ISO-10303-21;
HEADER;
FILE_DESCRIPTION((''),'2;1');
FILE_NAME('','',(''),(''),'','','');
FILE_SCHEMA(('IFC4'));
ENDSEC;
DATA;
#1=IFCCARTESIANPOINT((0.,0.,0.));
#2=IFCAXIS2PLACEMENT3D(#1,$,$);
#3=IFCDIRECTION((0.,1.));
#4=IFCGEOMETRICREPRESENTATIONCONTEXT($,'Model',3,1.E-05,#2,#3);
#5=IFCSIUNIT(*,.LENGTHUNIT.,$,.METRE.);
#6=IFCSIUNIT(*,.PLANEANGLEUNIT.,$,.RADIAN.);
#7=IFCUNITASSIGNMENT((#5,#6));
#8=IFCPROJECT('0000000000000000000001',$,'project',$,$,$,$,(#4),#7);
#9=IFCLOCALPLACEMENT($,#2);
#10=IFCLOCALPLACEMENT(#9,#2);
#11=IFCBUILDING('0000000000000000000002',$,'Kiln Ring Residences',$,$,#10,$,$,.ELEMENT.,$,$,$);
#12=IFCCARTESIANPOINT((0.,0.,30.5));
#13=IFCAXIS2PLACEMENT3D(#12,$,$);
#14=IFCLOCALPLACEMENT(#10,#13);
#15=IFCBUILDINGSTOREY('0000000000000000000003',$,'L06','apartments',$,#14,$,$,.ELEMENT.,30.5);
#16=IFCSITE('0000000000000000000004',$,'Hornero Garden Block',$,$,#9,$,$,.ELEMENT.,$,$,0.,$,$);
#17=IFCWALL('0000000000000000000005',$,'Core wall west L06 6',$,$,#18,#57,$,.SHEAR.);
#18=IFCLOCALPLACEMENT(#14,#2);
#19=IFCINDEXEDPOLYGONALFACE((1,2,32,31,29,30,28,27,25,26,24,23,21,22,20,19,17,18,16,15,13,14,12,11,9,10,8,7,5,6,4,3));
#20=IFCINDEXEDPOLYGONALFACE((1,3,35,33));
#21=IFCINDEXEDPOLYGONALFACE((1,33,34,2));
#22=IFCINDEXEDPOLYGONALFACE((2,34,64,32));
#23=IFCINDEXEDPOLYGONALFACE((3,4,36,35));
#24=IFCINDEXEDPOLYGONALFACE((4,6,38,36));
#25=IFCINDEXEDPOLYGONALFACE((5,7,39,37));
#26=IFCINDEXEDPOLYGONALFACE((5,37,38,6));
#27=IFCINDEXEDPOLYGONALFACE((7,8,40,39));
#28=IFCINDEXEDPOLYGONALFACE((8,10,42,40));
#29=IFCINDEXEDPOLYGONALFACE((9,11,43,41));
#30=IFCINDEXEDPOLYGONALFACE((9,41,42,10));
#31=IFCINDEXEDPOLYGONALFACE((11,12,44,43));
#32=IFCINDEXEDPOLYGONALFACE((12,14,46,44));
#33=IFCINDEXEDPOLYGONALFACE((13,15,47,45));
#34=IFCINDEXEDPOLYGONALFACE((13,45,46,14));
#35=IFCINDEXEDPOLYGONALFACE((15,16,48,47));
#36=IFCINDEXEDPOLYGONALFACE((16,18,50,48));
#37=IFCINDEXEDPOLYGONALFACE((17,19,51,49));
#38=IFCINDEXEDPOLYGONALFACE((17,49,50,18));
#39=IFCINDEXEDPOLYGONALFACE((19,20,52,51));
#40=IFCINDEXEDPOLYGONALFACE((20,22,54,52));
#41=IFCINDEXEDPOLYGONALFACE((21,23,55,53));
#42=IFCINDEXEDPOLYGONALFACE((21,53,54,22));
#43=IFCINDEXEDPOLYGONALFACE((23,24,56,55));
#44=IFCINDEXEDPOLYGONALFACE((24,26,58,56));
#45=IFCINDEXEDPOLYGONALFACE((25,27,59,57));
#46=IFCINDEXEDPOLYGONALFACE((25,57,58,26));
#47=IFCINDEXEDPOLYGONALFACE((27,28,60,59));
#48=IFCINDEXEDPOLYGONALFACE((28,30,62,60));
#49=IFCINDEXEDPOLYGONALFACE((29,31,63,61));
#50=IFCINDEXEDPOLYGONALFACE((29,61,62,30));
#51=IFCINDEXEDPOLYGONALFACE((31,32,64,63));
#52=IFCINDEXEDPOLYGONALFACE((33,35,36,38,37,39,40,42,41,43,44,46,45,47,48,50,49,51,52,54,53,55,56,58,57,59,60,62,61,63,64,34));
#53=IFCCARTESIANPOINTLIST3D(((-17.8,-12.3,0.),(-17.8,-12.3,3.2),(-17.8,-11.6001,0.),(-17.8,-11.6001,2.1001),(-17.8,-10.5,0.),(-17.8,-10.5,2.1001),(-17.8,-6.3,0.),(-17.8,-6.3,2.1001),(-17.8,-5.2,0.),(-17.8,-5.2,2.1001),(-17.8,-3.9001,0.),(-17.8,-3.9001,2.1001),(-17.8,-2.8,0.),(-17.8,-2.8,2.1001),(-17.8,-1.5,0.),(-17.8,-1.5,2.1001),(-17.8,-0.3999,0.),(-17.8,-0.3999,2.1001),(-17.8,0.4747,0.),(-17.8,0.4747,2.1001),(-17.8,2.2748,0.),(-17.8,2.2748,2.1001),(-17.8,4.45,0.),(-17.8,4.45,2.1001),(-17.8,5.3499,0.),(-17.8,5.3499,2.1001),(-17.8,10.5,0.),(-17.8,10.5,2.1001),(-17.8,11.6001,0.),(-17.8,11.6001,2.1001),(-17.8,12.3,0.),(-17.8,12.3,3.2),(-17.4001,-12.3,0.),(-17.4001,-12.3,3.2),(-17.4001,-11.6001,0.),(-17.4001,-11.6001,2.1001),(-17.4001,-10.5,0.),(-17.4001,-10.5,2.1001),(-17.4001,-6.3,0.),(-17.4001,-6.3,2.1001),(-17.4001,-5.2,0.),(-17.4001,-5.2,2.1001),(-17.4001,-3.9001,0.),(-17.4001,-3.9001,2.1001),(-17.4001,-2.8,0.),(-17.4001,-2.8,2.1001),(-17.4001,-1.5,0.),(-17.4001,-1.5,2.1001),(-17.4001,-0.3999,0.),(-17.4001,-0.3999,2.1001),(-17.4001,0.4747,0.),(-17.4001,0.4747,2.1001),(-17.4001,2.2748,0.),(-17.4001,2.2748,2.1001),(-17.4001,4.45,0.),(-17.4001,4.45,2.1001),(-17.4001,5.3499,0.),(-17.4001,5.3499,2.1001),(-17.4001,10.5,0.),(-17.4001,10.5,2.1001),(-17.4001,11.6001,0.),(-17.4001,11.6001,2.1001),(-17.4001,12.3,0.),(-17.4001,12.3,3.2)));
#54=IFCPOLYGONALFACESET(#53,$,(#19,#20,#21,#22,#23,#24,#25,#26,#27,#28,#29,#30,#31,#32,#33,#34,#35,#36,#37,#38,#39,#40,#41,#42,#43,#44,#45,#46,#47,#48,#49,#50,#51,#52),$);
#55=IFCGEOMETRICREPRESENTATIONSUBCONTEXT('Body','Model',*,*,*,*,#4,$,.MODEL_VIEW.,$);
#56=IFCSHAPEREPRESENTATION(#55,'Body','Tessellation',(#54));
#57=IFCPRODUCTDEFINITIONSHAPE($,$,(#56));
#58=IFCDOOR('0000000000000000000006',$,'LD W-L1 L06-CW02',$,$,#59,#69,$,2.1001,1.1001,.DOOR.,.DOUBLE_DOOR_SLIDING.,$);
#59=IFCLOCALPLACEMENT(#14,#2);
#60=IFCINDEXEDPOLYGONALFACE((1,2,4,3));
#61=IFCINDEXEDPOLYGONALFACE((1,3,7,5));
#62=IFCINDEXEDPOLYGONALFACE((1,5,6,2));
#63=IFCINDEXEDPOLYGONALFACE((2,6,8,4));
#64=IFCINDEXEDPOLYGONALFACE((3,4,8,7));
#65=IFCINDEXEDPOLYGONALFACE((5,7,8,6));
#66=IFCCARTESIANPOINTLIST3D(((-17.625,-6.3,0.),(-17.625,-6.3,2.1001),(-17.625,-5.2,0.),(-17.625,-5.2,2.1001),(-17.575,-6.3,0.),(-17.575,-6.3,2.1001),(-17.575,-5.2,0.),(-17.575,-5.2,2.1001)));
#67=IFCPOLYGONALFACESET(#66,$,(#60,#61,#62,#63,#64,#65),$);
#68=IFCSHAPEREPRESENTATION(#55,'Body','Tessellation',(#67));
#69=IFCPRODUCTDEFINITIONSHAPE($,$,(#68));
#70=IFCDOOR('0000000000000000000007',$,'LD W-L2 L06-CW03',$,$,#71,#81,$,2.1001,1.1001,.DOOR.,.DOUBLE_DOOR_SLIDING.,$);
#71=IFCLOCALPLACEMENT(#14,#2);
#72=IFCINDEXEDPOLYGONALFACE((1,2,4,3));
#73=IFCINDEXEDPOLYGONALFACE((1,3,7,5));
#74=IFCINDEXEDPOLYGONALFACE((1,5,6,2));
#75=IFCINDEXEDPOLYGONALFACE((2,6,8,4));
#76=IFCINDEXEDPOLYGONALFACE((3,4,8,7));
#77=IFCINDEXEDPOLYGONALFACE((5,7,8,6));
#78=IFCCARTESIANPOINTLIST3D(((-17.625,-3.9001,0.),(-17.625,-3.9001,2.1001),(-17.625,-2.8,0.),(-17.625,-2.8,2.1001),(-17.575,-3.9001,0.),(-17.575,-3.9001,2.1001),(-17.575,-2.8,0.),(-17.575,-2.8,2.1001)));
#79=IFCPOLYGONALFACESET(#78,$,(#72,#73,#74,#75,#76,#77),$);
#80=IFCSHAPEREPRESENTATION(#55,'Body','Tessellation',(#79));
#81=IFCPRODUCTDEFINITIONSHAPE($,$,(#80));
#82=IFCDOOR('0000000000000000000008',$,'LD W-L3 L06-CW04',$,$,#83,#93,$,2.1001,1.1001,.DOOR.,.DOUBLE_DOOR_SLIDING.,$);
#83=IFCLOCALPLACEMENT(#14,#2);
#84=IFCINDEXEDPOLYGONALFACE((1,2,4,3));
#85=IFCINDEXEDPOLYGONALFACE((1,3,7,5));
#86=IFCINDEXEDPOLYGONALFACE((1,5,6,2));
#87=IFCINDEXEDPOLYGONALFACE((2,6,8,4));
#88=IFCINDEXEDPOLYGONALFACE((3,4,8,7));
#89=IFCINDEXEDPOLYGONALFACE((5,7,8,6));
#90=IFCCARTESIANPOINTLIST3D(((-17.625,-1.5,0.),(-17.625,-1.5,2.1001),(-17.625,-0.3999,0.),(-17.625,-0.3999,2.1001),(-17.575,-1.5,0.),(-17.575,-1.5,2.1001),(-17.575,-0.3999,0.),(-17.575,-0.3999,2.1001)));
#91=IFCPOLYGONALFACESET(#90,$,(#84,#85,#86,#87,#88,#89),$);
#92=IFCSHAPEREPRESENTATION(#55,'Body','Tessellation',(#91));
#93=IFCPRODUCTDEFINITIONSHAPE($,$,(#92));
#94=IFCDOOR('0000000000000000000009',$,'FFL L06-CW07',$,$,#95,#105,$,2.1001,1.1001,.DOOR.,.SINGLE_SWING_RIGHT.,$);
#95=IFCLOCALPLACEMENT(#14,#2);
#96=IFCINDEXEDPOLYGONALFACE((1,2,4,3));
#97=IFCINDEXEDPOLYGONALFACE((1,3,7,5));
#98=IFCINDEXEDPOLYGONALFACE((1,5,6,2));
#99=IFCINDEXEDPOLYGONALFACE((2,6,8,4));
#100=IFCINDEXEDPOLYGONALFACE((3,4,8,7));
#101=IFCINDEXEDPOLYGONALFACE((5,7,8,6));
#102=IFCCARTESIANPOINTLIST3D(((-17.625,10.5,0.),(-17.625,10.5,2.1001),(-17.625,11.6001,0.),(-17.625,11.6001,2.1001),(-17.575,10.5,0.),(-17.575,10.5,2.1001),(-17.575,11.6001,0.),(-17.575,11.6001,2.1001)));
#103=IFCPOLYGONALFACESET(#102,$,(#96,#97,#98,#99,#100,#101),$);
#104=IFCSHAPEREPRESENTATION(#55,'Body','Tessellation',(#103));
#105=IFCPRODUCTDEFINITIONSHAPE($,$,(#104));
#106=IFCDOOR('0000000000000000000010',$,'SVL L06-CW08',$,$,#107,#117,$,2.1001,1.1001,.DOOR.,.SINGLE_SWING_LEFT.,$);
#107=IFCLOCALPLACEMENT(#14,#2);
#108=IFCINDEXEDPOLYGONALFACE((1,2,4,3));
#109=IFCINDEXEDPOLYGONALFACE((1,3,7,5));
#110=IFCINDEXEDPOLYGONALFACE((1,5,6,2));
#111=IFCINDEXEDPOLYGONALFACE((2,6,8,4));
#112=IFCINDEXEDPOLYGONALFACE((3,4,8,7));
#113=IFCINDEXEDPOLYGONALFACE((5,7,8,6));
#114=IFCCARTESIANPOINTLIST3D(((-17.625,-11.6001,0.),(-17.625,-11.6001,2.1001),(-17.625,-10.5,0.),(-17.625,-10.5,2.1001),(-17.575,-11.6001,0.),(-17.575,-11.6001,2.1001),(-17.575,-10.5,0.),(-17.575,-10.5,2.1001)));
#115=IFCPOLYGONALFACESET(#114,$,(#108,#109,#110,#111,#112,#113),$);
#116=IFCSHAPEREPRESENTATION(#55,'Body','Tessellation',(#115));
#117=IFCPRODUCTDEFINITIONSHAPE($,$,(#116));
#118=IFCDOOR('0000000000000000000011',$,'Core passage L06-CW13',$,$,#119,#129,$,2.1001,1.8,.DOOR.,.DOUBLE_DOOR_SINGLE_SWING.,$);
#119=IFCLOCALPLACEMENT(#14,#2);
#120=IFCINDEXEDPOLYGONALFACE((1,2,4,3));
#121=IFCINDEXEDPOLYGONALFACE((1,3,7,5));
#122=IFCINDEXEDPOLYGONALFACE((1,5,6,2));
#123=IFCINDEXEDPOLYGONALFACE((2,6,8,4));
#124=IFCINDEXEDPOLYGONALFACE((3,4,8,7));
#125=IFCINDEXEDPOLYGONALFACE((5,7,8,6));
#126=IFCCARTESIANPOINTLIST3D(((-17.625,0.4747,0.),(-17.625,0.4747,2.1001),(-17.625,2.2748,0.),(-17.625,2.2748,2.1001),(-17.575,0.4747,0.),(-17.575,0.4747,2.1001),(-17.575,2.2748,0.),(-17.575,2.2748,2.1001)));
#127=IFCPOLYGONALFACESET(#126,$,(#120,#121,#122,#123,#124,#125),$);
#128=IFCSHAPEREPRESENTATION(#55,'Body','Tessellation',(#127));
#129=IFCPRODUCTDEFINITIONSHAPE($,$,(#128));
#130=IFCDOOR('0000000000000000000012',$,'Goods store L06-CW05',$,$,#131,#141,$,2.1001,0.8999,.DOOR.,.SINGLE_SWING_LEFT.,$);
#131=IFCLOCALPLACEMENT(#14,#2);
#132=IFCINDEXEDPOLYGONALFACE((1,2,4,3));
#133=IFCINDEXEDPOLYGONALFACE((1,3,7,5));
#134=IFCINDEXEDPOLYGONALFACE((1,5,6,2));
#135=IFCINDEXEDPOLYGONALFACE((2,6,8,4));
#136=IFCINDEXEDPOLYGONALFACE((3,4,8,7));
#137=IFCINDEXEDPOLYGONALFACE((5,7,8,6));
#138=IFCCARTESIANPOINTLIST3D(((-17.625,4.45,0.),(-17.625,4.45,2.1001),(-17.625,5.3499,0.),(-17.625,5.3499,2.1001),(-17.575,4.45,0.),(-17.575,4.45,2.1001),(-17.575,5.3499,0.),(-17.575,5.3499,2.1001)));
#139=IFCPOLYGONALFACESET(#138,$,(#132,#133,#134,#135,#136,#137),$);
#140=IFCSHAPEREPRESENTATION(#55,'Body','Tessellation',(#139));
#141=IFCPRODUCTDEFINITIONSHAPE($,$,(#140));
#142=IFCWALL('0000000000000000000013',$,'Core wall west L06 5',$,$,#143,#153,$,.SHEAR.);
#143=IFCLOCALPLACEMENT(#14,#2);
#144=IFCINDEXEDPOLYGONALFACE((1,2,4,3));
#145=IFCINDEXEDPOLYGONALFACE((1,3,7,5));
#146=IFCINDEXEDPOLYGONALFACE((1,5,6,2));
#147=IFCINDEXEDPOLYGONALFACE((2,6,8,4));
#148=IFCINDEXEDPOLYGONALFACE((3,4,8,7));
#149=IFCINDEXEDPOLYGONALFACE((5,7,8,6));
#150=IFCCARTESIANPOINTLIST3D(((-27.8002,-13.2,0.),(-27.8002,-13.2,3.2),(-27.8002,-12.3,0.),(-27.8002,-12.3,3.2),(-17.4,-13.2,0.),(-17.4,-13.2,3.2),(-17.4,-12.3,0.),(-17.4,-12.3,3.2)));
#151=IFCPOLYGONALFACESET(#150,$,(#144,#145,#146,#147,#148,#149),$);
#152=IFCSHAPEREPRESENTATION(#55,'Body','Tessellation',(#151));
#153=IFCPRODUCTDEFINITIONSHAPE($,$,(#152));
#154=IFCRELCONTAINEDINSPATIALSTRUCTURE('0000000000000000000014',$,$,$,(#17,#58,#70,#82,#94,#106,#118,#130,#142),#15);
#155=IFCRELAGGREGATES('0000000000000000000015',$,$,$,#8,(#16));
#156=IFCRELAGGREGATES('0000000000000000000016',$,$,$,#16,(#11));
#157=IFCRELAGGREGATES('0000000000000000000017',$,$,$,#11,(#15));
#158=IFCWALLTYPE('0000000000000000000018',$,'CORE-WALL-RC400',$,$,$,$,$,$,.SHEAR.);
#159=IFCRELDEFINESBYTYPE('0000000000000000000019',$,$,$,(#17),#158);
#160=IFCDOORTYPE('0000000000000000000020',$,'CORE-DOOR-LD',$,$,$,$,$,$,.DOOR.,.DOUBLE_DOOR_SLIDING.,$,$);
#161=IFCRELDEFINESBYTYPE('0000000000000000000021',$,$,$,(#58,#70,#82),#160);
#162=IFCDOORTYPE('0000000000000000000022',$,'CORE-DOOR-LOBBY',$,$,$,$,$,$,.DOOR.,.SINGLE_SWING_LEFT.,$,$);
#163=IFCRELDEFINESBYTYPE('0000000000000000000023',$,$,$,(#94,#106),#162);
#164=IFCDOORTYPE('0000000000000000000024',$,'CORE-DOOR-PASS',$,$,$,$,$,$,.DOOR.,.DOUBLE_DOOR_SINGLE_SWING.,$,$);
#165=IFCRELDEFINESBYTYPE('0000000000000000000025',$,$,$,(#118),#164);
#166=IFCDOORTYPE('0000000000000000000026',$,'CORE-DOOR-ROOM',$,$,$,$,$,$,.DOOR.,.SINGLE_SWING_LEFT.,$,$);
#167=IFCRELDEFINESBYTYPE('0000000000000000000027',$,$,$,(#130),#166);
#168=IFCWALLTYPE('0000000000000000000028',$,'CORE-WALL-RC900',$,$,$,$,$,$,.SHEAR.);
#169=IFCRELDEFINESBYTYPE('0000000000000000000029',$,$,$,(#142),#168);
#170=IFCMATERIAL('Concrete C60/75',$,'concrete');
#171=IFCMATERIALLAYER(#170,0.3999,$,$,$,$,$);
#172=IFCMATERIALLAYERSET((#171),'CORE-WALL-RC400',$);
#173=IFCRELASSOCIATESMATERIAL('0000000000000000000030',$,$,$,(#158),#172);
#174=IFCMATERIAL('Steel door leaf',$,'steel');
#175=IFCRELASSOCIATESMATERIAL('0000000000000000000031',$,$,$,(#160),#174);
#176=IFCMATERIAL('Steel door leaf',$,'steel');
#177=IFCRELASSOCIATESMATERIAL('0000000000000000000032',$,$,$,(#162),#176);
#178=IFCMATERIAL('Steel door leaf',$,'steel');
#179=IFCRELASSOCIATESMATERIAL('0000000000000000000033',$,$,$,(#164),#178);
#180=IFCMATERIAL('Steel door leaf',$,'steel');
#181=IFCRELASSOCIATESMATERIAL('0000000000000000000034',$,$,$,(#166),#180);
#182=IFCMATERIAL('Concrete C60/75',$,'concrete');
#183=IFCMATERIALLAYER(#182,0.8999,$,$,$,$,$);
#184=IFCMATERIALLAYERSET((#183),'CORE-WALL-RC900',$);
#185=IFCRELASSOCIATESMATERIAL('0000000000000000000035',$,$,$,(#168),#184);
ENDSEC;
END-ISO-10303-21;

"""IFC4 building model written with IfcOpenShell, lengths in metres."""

from ifc_helpers import new_model, si_unit, direction, frame, frame_2d, origin, place, context, subcontext, project, spatial, rectangle, extrude, material, layer, layer_set, type_object, element, fill, save


model = new_model("IFC4")

# Units and contexts
model_context = context("Model", 3, precision=1e-05, world=origin(), true_north=direction((0.0, 1.0)))
body_context = subcontext(model_context, "Body", "Model", "MODEL_VIEW")
ifc_project = project(units=[si_unit("LENGTHUNIT", "METRE"), si_unit("PLANEANGLEUNIT", "RADIAN")], contexts=[model_context])

# Site, building, storey
site_placement = place(None, origin())
site = spatial("IfcSite", under=ifc_project, at=site_placement, Name="Hornero Garden Block", CompositionType="ELEMENT", RefElevation=0.0)
building_placement = place(site_placement, origin())
building = spatial("IfcBuilding", under=site, at=building_placement, Name="Kiln Ring Residences", CompositionType="ELEMENT")
storey_placement = place(building_placement, frame((0.0, 0.0, 30.5)))
storey = spatial("IfcBuildingStorey", under=building, at=storey_placement, Name="L06", Description="apartments", CompositionType="ELEMENT", Elevation=30.5)

# Wall, openings, doors
ifc_material_1 = material(Name="Concrete C60/75", Category="concrete")
ifc_layer_1 = layer(ifc_material_1, 0.3999)
ifc_layer_set_1 = layer_set([ifc_layer_1], Name="CORE-WALL-RC400")
wall_type_1 = type_object("IfcWallType", Name="CORE-WALL-RC400", PredefinedType="SHEAR", material=ifc_layer_set_1)
wall_1_placement = place(storey_placement, frame((-17.6001, -12.3, 0.0), z_axis=(0.0, 0.0, 1.0), x_axis=(0.0, 1.0, 0.0)))
wall_1 = element("IfcWall", 1, at=wall_1_placement, inside=storey, type_object=wall_type_1, Name="Core wall west L06 6", PredefinedType="SHEAR", context=body_context, shape_type="SweptSolid", body=[
    extrude(rectangle(XDim=24.6001, YDim=0.3999, at=frame_2d((12.3, 0.0))), origin(), (0.0, 0.0, 1.0), 3.2),
])
opening_1_placement = place(wall_1_placement, frame((6.0, 0.0, 0.0)))
opening_1 = element("IfcOpeningElement", 2, at=opening_1_placement, cuts=wall_1, PredefinedType="OPENING", context=body_context, shape_type="SweptSolid", body=[
    extrude(rectangle(XDim=1.1001, YDim=2.1001, at=frame_2d((0.55, 1.05))), frame((0.0, 0.21, 0.0), z_axis=(0.0, -1.0, 0.0), x_axis=(1.0, 0.0, 0.0)), (0.0, 0.0, 1.0), 0.4199),
])
opening_2_placement = place(wall_1_placement, frame((8.3999, 0.0, 0.0)))
opening_2 = element("IfcOpeningElement", 3, at=opening_2_placement, cuts=wall_1, PredefinedType="OPENING", context=body_context, shape_type="SweptSolid", body=[
    extrude(rectangle(XDim=1.1001, YDim=2.1001, at=frame_2d((0.55, 1.05))), frame((0.0, 0.21, 0.0), z_axis=(0.0, -1.0, 0.0), x_axis=(1.0, 0.0, 0.0)), (0.0, 0.0, 1.0), 0.4199),
])
opening_3_placement = place(wall_1_placement, frame((10.8, 0.0, 0.0)))
opening_3 = element("IfcOpeningElement", 4, at=opening_3_placement, cuts=wall_1, PredefinedType="OPENING", context=body_context, shape_type="SweptSolid", body=[
    extrude(rectangle(XDim=1.1001, YDim=2.1001, at=frame_2d((0.55, 1.05))), frame((0.0, 0.21, 0.0), z_axis=(0.0, -1.0, 0.0), x_axis=(1.0, 0.0, 0.0)), (0.0, 0.0, 1.0), 0.4199),
])
opening_4_placement = place(wall_1_placement, frame((16.75, 0.0, 0.0)))
opening_4 = element("IfcOpeningElement", 5, at=opening_4_placement, cuts=wall_1, PredefinedType="OPENING", context=body_context, shape_type="SweptSolid", body=[
    extrude(rectangle(XDim=0.8999, YDim=2.1001, at=frame_2d((0.45, 1.05))), frame((0.0, 0.21, 0.0), z_axis=(0.0, -1.0, 0.0), x_axis=(1.0, 0.0, 0.0)), (0.0, 0.0, 1.0), 0.4199),
])
opening_5_placement = place(wall_1_placement, frame((22.8, 0.0, 0.0)))
opening_5 = element("IfcOpeningElement", 6, at=opening_5_placement, cuts=wall_1, PredefinedType="OPENING", context=body_context, shape_type="SweptSolid", body=[
    extrude(rectangle(XDim=1.1001, YDim=2.1001, at=frame_2d((0.55, 1.05))), frame((0.0, 0.21, 0.0), z_axis=(0.0, -1.0, 0.0), x_axis=(1.0, 0.0, 0.0)), (0.0, 0.0, 1.0), 0.4199),
])
opening_6_placement = place(wall_1_placement, frame((0.7, 0.0, 0.0)))
opening_6 = element("IfcOpeningElement", 7, at=opening_6_placement, cuts=wall_1, PredefinedType="OPENING", context=body_context, shape_type="SweptSolid", body=[
    extrude(rectangle(XDim=1.1001, YDim=2.1001, at=frame_2d((0.55, 1.05))), frame((0.0, 0.21, 0.0), z_axis=(0.0, -1.0, 0.0), x_axis=(1.0, 0.0, 0.0)), (0.0, 0.0, 1.0), 0.4199),
])
opening_7_placement = place(wall_1_placement, frame((12.7749, 0.0, 0.0)))
opening_7 = element("IfcOpeningElement", 8, at=opening_7_placement, cuts=wall_1, PredefinedType="OPENING", context=body_context, shape_type="SweptSolid", body=[
    extrude(rectangle(XDim=1.8, YDim=2.1001, at=frame_2d((0.8999, 1.05))), frame((0.0, 0.21, 0.0), z_axis=(0.0, -1.0, 0.0), x_axis=(1.0, 0.0, 0.0)), (0.0, 0.0, 1.0), 0.4199),
])
ifc_material_2 = material(Name="Steel door leaf", Category="steel")
door_type_1 = type_object("IfcDoorType", Name="CORE-DOOR-LD", OperationType="DOUBLE_DOOR_SLIDING", PredefinedType="DOOR", material=ifc_material_2)
door_1_placement = place(opening_1_placement, origin())
door_1 = element("IfcDoor", 9, at=door_1_placement, inside=storey, type_object=door_type_1, Name="LD W-L1 L06-CW02", OperationType="DOUBLE_DOOR_SLIDING", OverallHeight=2.1001, OverallWidth=1.1001, PredefinedType="DOOR", context=body_context, shape_type="SweptSolid", body=[
    extrude(rectangle(XDim=1.1001, YDim=2.1001, at=frame_2d((0.55, 1.05))), frame((0.0, 0.0249, 0.0), z_axis=(0.0, -1.0, 0.0), x_axis=(1.0, 0.0, 0.0)), (0.0, 0.0, 1.0), 0.05),
])
fill(opening_1, door_1)
door_2_placement = place(opening_2_placement, origin())
door_2 = element("IfcDoor", 10, at=door_2_placement, inside=storey, type_object=door_type_1, Name="LD W-L2 L06-CW03", OperationType="DOUBLE_DOOR_SLIDING", OverallHeight=2.1001, OverallWidth=1.1001, PredefinedType="DOOR", context=body_context, shape_type="SweptSolid", body=[
    extrude(rectangle(XDim=1.1001, YDim=2.1001, at=frame_2d((0.55, 1.05))), frame((0.0, 0.0249, 0.0), z_axis=(0.0, -1.0, 0.0), x_axis=(1.0, 0.0, 0.0)), (0.0, 0.0, 1.0), 0.05),
])
fill(opening_2, door_2)
door_3_placement = place(opening_3_placement, origin())
door_3 = element("IfcDoor", 11, at=door_3_placement, inside=storey, type_object=door_type_1, Name="LD W-L3 L06-CW04", OperationType="DOUBLE_DOOR_SLIDING", OverallHeight=2.1001, OverallWidth=1.1001, PredefinedType="DOOR", context=body_context, shape_type="SweptSolid", body=[
    extrude(rectangle(XDim=1.1001, YDim=2.1001, at=frame_2d((0.55, 1.05))), frame((0.0, 0.0249, 0.0), z_axis=(0.0, -1.0, 0.0), x_axis=(1.0, 0.0, 0.0)), (0.0, 0.0, 1.0), 0.05),
])
fill(opening_3, door_3)
ifc_material_3 = material(Name="Steel door leaf", Category="steel")
door_type_2 = type_object("IfcDoorType", Name="CORE-DOOR-LOBBY", OperationType="SINGLE_SWING_LEFT", PredefinedType="DOOR", material=ifc_material_3)
door_4_placement = place(opening_5_placement, origin())
door_4 = element("IfcDoor", 12, at=door_4_placement, inside=storey, type_object=door_type_2, Name="FFL L06-CW07", OperationType="SINGLE_SWING_RIGHT", OverallHeight=2.1001, OverallWidth=1.1001, PredefinedType="DOOR", context=body_context, shape_type="SweptSolid", body=[
    extrude(rectangle(XDim=1.1001, YDim=2.1001, at=frame_2d((0.55, 1.05))), frame((0.0, 0.0249, 0.0), z_axis=(0.0, -1.0, 0.0), x_axis=(1.0, 0.0, 0.0)), (0.0, 0.0, 1.0), 0.05),
])
fill(opening_5, door_4)
door_5_placement = place(opening_6_placement, origin())
door_5 = element("IfcDoor", 13, at=door_5_placement, inside=storey, type_object=door_type_2, Name="SVL L06-CW08", OperationType="SINGLE_SWING_LEFT", OverallHeight=2.1001, OverallWidth=1.1001, PredefinedType="DOOR", context=body_context, shape_type="SweptSolid", body=[
    extrude(rectangle(XDim=1.1001, YDim=2.1001, at=frame_2d((0.55, 1.05))), frame((0.0, 0.0249, 0.0), z_axis=(0.0, -1.0, 0.0), x_axis=(1.0, 0.0, 0.0)), (0.0, 0.0, 1.0), 0.05),
])
fill(opening_6, door_5)
ifc_material_4 = material(Name="Steel door leaf", Category="steel")
door_type_3 = type_object("IfcDoorType", Name="CORE-DOOR-PASS", OperationType="DOUBLE_DOOR_SINGLE_SWING", PredefinedType="DOOR", material=ifc_material_4)
door_6_placement = place(opening_7_placement, origin())
door_6 = element("IfcDoor", 14, at=door_6_placement, inside=storey, type_object=door_type_3, Name="Core passage L06-CW13", OperationType="DOUBLE_DOOR_SINGLE_SWING", OverallHeight=2.1001, OverallWidth=1.8, PredefinedType="DOOR", context=body_context, shape_type="SweptSolid", body=[
    extrude(rectangle(XDim=1.8, YDim=2.1001, at=frame_2d((0.8999, 1.05))), frame((0.0, 0.0249, 0.0), z_axis=(0.0, -1.0, 0.0), x_axis=(1.0, 0.0, 0.0)), (0.0, 0.0, 1.0), 0.05),
])
fill(opening_7, door_6)
ifc_material_5 = material(Name="Steel door leaf", Category="steel")
door_type_4 = type_object("IfcDoorType", Name="CORE-DOOR-ROOM", OperationType="SINGLE_SWING_LEFT", PredefinedType="DOOR", material=ifc_material_5)
door_7_placement = place(opening_4_placement, origin())
door_7 = element("IfcDoor", 15, at=door_7_placement, inside=storey, type_object=door_type_4, Name="Goods store L06-CW05", OperationType="SINGLE_SWING_LEFT", OverallHeight=2.1001, OverallWidth=0.8999, PredefinedType="DOOR", context=body_context, shape_type="SweptSolid", body=[
    extrude(rectangle(XDim=0.8999, YDim=2.1001, at=frame_2d((0.45, 1.05))), frame((0.0, 0.0249, 0.0), z_axis=(0.0, -1.0, 0.0), x_axis=(1.0, 0.0, 0.0)), (0.0, 0.0, 1.0), 0.05),
])
fill(opening_4, door_7)

# Wall
ifc_material_6 = material(Name="Concrete C60/75", Category="concrete")
ifc_layer_2 = layer(ifc_material_6, 0.8999)
ifc_layer_set_2 = layer_set([ifc_layer_2], Name="CORE-WALL-RC900")
wall_type_2 = type_object("IfcWallType", Name="CORE-WALL-RC900", PredefinedType="SHEAR", material=ifc_layer_set_2)
wall_2_placement = place(storey_placement, frame((-17.3999, -12.75, 0.0), z_axis=(0.0, 0.0, 1.0), x_axis=(-1.0, 0.0, 0.0)))
element("IfcWall", 16, at=wall_2_placement, inside=storey, type_object=wall_type_2, Name="Core wall west L06 5", PredefinedType="SHEAR", context=body_context, shape_type="SweptSolid", body=[
    extrude(rectangle(XDim=10.4001, YDim=0.8999, at=frame_2d((5.2002, 0.0))), origin(), (0.0, 0.0, 1.0), 3.2),
])

save(model, "model.ifc")
